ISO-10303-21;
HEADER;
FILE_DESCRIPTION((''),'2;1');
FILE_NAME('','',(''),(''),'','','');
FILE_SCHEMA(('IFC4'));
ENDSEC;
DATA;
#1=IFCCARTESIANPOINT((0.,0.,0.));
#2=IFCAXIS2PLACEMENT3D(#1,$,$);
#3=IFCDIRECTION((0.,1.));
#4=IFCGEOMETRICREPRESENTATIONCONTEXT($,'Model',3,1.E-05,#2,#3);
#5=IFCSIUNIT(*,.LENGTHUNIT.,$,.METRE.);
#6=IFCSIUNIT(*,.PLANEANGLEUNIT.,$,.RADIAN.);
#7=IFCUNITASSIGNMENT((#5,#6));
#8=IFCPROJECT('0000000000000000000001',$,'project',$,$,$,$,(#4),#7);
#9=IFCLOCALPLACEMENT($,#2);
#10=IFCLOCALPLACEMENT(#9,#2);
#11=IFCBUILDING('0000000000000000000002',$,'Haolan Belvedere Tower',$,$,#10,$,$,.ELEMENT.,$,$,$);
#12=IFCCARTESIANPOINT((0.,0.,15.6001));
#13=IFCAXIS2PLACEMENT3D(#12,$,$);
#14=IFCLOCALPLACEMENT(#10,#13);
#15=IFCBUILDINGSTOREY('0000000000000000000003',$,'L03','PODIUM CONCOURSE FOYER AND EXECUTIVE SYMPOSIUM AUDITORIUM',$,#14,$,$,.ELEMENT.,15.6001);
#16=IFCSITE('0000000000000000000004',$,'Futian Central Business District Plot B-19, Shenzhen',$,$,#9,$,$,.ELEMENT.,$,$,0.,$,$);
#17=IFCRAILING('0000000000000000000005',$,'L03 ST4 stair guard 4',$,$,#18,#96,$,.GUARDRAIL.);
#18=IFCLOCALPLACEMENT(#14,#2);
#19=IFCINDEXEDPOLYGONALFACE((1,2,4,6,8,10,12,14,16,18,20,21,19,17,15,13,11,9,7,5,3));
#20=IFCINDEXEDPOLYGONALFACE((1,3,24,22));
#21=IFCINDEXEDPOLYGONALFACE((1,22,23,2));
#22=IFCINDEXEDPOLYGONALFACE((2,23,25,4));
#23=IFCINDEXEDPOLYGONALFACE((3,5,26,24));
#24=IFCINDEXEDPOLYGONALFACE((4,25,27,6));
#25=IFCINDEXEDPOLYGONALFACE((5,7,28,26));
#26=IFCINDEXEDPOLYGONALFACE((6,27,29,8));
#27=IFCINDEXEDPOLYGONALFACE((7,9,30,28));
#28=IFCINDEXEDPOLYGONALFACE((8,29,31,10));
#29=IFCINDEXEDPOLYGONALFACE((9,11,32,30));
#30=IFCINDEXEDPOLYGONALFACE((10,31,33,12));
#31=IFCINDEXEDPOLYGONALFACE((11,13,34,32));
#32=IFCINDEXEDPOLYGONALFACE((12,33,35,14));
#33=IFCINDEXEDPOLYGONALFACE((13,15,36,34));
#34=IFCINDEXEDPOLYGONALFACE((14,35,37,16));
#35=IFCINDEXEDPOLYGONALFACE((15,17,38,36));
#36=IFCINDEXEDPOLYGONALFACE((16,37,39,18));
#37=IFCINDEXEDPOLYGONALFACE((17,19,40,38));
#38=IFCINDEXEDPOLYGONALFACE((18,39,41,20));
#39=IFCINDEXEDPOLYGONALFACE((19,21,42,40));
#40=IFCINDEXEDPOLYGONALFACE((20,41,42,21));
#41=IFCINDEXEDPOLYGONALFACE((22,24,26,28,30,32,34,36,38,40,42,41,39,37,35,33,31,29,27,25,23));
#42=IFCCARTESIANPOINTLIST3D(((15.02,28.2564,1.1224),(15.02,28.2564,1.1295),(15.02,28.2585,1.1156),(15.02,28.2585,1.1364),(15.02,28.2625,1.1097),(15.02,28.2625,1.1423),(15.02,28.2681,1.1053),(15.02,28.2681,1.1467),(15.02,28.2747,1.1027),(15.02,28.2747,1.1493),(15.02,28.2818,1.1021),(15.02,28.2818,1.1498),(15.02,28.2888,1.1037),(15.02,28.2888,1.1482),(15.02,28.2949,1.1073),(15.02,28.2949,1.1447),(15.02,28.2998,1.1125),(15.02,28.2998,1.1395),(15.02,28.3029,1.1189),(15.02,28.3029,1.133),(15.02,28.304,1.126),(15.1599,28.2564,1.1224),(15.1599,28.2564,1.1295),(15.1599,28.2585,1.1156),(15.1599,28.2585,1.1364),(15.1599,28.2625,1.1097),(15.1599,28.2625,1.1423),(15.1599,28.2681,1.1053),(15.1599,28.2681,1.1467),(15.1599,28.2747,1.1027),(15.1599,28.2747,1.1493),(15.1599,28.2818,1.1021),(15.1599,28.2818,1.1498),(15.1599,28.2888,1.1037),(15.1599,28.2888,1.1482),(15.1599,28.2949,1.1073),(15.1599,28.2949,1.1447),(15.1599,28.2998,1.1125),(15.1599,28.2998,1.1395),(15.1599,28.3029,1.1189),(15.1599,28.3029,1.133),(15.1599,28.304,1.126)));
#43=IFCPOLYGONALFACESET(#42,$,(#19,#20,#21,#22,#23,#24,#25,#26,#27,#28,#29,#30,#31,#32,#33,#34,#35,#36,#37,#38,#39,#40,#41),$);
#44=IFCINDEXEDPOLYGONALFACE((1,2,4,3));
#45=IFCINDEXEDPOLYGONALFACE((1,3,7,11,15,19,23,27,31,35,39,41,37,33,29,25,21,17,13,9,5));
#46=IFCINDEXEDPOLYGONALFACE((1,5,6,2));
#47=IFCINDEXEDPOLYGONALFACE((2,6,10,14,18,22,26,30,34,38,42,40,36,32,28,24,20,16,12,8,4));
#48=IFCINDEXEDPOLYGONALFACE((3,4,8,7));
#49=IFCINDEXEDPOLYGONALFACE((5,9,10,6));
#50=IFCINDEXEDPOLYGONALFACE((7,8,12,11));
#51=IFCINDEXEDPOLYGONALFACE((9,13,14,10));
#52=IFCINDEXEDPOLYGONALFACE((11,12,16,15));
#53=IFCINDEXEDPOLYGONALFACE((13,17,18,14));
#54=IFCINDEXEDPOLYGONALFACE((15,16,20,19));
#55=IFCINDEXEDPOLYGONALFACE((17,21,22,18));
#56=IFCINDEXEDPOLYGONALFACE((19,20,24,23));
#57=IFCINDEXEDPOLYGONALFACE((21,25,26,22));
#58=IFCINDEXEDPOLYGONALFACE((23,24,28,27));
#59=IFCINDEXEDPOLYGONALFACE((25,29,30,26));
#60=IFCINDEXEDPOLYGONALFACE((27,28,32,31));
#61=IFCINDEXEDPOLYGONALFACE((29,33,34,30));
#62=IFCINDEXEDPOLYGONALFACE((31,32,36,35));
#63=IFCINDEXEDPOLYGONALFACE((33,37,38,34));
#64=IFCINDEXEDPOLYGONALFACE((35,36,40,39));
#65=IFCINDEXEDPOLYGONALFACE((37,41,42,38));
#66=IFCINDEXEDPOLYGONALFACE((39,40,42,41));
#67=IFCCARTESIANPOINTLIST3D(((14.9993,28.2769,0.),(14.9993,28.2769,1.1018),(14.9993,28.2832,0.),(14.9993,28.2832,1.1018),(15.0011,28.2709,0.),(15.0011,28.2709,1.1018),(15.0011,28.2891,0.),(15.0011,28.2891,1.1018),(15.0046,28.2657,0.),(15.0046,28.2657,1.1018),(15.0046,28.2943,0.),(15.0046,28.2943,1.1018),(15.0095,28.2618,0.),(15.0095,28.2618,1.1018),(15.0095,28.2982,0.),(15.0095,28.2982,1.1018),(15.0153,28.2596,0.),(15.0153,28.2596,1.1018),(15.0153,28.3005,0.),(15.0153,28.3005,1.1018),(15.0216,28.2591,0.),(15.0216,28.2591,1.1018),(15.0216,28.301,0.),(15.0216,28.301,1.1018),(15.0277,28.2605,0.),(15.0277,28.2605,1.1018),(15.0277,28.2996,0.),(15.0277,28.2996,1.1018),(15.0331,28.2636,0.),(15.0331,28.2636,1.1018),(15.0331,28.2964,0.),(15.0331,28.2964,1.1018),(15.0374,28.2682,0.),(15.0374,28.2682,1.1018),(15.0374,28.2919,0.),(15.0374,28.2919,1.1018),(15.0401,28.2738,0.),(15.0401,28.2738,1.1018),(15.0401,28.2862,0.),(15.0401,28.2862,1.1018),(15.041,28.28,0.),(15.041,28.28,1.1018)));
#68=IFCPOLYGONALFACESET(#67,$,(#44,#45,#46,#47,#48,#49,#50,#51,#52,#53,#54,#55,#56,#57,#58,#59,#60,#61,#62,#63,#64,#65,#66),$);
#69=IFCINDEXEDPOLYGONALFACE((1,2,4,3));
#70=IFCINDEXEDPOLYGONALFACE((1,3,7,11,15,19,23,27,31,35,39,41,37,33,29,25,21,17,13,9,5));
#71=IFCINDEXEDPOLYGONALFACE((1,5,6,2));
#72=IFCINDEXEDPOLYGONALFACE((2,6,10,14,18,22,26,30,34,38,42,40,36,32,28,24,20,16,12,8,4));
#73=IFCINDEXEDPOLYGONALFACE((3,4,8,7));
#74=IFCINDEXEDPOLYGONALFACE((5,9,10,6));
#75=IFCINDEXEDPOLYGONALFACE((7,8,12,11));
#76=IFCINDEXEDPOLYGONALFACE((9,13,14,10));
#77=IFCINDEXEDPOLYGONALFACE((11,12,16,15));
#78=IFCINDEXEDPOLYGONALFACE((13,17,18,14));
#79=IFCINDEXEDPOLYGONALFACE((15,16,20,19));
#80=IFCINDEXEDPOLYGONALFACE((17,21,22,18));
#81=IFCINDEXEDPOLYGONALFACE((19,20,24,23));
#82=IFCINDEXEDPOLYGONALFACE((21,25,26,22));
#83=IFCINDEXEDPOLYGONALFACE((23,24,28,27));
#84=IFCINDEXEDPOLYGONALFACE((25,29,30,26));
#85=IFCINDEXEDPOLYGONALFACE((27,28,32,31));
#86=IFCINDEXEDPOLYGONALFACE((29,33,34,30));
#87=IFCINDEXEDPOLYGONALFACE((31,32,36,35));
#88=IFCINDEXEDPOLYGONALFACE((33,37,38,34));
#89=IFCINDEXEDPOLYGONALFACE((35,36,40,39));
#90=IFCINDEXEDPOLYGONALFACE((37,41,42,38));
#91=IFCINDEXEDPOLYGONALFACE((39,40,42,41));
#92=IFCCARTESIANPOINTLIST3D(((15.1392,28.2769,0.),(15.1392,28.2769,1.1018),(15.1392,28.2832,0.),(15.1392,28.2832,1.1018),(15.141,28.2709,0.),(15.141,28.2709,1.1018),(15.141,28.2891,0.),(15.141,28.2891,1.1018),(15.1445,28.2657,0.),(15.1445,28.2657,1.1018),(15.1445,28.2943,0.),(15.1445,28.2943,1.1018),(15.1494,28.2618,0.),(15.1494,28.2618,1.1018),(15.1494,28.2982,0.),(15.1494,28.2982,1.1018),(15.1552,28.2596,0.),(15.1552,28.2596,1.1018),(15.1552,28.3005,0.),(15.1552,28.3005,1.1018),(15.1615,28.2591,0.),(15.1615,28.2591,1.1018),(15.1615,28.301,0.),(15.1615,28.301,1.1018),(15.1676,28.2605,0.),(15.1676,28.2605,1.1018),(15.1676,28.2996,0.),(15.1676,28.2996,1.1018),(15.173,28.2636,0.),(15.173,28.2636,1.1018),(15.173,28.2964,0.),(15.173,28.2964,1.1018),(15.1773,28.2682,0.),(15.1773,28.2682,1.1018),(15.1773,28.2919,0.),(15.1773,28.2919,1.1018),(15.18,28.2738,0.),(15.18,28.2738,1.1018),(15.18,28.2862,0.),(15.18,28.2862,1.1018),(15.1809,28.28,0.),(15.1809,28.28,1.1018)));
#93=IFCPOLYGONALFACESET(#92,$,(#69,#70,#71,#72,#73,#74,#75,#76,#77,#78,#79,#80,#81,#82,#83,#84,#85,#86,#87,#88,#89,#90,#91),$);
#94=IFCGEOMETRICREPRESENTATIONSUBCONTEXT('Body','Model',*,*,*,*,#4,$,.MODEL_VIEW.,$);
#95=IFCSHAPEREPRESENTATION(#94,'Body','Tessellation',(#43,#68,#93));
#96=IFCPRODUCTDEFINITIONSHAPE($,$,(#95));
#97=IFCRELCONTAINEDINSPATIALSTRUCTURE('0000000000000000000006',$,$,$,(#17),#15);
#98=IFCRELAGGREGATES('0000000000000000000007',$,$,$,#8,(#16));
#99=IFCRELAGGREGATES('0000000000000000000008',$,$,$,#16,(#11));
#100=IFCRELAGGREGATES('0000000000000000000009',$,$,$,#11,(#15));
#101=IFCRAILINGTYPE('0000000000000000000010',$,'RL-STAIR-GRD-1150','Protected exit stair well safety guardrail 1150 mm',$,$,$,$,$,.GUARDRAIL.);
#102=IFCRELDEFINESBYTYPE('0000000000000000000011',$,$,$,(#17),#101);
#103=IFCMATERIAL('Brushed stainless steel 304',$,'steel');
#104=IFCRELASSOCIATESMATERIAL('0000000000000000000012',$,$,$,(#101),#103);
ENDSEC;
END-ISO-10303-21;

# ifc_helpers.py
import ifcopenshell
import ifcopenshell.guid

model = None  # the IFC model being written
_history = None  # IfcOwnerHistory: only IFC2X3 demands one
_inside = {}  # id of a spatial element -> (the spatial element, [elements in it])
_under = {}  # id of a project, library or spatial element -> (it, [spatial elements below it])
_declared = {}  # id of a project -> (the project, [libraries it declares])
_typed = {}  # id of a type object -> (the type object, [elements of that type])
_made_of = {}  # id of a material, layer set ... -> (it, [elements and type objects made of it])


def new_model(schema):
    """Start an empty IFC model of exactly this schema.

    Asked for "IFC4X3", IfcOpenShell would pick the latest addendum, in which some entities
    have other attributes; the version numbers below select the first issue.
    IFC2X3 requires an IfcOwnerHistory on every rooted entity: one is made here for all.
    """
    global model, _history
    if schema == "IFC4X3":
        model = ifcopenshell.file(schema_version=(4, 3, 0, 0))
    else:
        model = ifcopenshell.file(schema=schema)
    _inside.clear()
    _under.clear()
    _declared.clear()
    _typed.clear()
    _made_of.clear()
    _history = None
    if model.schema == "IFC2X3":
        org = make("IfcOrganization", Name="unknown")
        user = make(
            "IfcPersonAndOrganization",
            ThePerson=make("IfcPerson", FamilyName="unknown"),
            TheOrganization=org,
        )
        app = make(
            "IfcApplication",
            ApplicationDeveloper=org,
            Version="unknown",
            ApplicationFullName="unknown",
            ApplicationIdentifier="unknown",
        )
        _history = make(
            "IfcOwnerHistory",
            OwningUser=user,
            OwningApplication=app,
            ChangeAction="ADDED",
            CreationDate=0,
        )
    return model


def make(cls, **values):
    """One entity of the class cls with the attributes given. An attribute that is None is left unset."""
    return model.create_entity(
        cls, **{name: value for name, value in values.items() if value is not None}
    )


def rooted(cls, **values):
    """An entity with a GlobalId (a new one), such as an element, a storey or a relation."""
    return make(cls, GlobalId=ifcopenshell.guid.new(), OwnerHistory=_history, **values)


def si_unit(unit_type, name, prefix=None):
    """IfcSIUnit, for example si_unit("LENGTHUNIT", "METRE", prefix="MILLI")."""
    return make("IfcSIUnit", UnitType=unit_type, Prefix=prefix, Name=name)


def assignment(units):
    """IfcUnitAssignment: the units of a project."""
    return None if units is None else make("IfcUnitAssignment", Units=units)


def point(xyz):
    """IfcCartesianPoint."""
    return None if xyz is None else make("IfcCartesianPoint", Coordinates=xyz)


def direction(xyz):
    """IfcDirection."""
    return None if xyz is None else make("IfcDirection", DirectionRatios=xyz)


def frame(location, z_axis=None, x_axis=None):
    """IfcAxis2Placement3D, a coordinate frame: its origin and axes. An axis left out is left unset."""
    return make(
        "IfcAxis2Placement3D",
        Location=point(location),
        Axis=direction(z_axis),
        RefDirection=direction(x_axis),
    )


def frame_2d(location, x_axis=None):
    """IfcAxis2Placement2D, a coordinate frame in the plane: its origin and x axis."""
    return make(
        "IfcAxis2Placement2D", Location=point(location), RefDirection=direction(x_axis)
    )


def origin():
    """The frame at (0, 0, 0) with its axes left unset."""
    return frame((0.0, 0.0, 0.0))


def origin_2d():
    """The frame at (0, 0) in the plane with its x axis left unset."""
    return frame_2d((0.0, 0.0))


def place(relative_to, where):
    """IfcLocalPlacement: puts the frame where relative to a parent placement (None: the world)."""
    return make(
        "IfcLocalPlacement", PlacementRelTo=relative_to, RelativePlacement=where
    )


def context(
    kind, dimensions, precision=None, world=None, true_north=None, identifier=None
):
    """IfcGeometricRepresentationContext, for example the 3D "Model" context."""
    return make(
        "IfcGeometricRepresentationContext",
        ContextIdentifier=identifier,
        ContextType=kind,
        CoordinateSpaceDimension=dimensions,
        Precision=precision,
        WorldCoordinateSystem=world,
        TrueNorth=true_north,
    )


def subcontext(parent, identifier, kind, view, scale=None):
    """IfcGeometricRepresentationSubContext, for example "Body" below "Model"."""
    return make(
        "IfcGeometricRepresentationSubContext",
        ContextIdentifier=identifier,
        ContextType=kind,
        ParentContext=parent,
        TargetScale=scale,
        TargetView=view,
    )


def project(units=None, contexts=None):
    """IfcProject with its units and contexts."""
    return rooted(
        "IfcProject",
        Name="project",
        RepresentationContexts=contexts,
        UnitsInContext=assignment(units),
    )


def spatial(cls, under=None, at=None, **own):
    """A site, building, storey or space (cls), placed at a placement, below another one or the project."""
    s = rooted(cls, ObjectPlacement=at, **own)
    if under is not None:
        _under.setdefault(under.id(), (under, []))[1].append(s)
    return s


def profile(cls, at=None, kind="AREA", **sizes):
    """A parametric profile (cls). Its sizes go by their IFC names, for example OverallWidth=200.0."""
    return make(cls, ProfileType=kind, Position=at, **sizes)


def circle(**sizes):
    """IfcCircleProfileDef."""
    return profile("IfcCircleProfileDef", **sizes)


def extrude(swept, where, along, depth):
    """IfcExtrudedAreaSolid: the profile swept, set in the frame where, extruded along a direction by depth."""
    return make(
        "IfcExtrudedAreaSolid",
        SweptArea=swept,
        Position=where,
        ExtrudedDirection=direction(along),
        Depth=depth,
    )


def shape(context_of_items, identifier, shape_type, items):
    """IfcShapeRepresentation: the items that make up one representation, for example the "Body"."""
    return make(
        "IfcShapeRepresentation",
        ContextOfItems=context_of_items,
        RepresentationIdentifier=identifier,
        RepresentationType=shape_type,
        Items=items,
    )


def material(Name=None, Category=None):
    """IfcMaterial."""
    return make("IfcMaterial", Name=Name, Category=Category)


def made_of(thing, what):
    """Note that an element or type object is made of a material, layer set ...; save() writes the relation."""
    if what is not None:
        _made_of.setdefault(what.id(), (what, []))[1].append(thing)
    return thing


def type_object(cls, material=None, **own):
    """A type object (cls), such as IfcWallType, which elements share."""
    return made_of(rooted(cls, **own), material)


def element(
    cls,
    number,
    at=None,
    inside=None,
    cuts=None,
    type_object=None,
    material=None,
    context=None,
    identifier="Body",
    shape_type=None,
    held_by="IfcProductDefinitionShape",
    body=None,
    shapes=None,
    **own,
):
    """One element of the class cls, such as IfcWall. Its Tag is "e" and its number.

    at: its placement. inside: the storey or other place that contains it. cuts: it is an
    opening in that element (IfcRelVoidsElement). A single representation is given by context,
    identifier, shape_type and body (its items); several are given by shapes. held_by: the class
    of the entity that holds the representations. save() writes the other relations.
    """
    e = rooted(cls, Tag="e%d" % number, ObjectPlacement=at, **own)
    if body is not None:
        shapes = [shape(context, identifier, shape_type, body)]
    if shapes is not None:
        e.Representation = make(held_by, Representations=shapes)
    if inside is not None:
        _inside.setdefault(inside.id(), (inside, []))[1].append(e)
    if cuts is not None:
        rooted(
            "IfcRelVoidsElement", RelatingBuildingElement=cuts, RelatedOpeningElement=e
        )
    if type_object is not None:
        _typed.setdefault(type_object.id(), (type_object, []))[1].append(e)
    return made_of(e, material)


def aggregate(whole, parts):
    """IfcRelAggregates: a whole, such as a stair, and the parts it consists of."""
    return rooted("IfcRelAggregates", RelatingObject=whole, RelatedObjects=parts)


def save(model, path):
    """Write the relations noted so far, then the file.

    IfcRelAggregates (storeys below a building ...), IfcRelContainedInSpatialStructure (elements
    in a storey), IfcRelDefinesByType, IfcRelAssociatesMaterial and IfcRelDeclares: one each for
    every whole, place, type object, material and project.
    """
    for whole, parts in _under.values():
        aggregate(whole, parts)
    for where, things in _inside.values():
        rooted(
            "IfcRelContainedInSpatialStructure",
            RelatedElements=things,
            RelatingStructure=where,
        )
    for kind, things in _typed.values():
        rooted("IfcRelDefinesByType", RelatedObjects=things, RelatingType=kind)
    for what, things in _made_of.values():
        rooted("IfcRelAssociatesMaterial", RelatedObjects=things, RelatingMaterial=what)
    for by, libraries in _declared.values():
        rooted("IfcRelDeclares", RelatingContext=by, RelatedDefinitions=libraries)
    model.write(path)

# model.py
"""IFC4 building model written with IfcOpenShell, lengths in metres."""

from ifc_helpers import new_model, si_unit, direction, frame, origin, origin_2d, place, context, subcontext, project, spatial, circle, extrude, material, type_object, element, save


model = new_model("IFC4")

# Units and contexts
model_context = context("Model", 3, precision=1e-05, world=origin(), true_north=direction((0.0, 1.0)))
body_context = subcontext(model_context, "Body", "Model", "MODEL_VIEW")
ifc_project = project(units=[si_unit("LENGTHUNIT", "METRE"), si_unit("PLANEANGLEUNIT", "RADIAN")], contexts=[model_context])

# Site, building, storey
site_placement = place(None, origin())
site = spatial("IfcSite", under=ifc_project, at=site_placement, Name="Futian Central Business District Plot B-19, Shenzhen", CompositionType="ELEMENT", RefElevation=0.0)
building_placement = place(site_placement, origin())
building = spatial("IfcBuilding", under=site, at=building_placement, Name="Haolan Belvedere Tower", CompositionType="ELEMENT")
storey_placement = place(building_placement, frame((0.0, 0.0, 15.6001)))
storey = spatial("IfcBuildingStorey", under=building, at=storey_placement, Name="L03", Description="PODIUM CONCOURSE FOYER AND EXECUTIVE SYMPOSIUM AUDITORIUM", CompositionType="ELEMENT", Elevation=15.6001)

# Railing
ifc_material_1 = material(Name="Brushed stainless steel 304", Category="steel")
railing_type_1 = type_object("IfcRailingType", Name="RL-STAIR-GRD-1150", Description="Protected exit stair well safety guardrail 1150 mm", PredefinedType="GUARDRAIL", material=ifc_material_1)
railing_1_placement = place(storey_placement, frame((15.02, 28.28, 0.0)))
element("IfcRailing", 1, at=railing_1_placement, inside=storey, type_object=railing_type_1, Name="L03 ST4 stair guard 4", PredefinedType="GUARDRAIL", context=body_context, shape_type="SweptSolid", body=[
    extrude(circle(Radius=0.0239, at=origin_2d()), frame((0.0, 0.0, 1.126), z_axis=(1.0, 0.0, 0.0), x_axis=(0.0, 1.0, 0.0)), (0.0, 0.0, 1.0), 0.1399),
    extrude(circle(Radius=0.021, at=origin_2d()), origin(), (0.0, 0.0, 1.0), 1.1018),
    extrude(circle(Radius=0.021, at=origin_2d()), frame((0.1399, 0.0, 0.0)), (0.0, 0.0, 1.0), 1.1018),
])

save(model, "model.ifc")
